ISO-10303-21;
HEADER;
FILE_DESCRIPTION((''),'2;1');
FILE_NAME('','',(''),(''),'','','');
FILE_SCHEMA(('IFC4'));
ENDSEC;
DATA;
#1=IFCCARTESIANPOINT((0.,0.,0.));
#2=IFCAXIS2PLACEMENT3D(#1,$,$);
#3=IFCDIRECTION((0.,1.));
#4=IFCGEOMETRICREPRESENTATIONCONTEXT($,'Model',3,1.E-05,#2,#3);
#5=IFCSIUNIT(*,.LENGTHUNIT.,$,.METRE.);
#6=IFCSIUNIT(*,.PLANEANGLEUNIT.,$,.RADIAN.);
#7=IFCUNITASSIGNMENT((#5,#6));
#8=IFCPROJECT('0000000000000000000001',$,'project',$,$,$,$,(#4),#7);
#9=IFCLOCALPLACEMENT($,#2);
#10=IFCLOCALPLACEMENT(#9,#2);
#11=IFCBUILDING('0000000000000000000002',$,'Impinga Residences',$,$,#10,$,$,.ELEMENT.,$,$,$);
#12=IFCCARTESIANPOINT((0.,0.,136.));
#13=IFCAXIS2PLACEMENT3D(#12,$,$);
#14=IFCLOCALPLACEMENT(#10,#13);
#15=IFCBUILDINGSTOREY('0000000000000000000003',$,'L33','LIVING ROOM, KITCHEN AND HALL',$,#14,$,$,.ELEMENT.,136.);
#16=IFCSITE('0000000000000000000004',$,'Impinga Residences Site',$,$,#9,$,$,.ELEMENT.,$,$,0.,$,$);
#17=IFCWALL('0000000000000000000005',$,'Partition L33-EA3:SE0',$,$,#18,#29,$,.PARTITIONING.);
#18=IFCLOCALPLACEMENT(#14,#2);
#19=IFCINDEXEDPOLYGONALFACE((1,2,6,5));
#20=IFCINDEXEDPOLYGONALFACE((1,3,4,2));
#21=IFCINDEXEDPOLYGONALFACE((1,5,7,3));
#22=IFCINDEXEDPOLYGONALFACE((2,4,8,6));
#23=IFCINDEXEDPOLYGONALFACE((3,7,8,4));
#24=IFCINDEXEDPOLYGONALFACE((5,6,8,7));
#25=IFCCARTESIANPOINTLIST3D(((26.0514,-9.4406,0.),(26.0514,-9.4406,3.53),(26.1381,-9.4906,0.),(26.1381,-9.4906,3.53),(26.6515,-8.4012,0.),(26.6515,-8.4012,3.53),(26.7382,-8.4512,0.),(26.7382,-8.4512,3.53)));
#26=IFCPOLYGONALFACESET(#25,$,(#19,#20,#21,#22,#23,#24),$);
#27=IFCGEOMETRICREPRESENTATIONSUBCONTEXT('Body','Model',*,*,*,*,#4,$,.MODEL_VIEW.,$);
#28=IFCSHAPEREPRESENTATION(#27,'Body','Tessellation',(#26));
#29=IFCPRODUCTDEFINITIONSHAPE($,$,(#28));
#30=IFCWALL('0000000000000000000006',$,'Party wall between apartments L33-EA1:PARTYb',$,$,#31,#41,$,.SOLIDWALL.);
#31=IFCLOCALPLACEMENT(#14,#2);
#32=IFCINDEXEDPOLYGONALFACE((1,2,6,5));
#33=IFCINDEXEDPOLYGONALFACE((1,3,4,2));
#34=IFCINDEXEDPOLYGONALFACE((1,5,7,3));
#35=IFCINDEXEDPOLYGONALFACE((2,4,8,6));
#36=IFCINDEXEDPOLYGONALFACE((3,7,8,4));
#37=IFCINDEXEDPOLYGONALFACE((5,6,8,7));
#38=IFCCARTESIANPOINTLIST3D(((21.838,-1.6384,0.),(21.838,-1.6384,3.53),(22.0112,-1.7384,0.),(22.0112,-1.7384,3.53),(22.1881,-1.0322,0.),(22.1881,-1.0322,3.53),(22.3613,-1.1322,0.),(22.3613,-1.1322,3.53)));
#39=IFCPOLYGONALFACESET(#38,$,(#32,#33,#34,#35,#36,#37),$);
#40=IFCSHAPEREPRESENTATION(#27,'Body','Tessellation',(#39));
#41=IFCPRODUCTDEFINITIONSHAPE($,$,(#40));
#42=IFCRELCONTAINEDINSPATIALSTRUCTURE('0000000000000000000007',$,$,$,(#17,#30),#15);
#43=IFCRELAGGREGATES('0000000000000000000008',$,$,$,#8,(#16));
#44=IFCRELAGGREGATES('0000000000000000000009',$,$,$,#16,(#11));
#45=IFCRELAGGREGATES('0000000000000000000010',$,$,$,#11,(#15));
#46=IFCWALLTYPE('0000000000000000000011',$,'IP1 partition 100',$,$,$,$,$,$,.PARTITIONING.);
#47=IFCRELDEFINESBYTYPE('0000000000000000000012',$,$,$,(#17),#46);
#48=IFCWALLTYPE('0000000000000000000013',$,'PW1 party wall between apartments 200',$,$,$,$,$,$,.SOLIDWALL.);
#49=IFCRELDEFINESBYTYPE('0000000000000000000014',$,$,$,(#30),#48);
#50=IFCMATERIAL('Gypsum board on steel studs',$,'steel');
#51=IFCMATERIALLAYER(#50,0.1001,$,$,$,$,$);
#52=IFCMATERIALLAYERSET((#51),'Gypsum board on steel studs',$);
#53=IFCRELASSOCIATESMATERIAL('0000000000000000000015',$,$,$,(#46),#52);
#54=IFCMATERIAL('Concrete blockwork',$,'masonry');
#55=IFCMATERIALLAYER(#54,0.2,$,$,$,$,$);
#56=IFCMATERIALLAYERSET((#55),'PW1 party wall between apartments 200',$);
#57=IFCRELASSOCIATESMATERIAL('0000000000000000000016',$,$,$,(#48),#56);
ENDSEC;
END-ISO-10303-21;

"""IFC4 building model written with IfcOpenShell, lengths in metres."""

from ifc_helpers import new_model, si_unit, direction, frame, frame_2d, origin, place, context, subcontext, project, spatial, rectangle, extrude, material, layer, layer_set, type_object, element, save


model = new_model("IFC4")

# Units and contexts
model_context = context("Model", 3, precision=1e-05, world=origin(), true_north=direction((0.0, 1.0)))
body_context = subcontext(model_context, "Body", "Model", "MODEL_VIEW")
ifc_project = project(units=[si_unit("LENGTHUNIT", "METRE"), si_unit("PLANEANGLEUNIT", "RADIAN")], contexts=[model_context])

# Site, building, storey
site_placement = place(None, origin())
site = spatial("IfcSite", under=ifc_project, at=site_placement, Name="Impinga Residences Site", CompositionType="ELEMENT", RefElevation=0.0)
building_placement = place(site_placement, origin())
building = spatial("IfcBuilding", under=site, at=building_placement, Name="Impinga Residences", CompositionType="ELEMENT")
storey_placement = place(building_placement, frame((0.0, 0.0, 136.0)))
storey = spatial("IfcBuildingStorey", under=building, at=storey_placement, Name="L33", Description="LIVING ROOM, KITCHEN AND HALL", CompositionType="ELEMENT", Elevation=136.0)

# Shared definitions
ifc_material_1 = material(Name="Gypsum board on steel studs", Category="steel")
ifc_layer_1 = layer(ifc_material_1, 0.1001)
ifc_layer_set_1 = layer_set([ifc_layer_1], Name="Gypsum board on steel studs")
wall_type_1 = type_object("IfcWallType", Name="IP1 partition 100", PredefinedType="PARTITIONING", material=ifc_layer_set_1)

# Walls
wall_1_placement = place(storey_placement, frame((26.0947, -9.4656, 0.0), z_axis=(0.0, 0.0, 1.0), x_axis=(0.500034, 0.866006, 0.0)))
element("IfcWall", 1, at=wall_1_placement, inside=storey, type_object=wall_type_1, Name="Partition L33-EA3:SE0", PredefinedType="PARTITIONING", context=body_context, shape_type="SweptSolid", body=[
    extrude(rectangle(XDim=1.2002, YDim=0.1001, at=frame_2d((0.6001, 0.0))), origin(), (0.0, 0.0, 1.0), 3.53),
])
ifc_material_2 = material(Name="Concrete blockwork", Category="masonry")
ifc_layer_2 = layer(ifc_material_2, 0.2)
ifc_layer_set_2 = layer_set([ifc_layer_2], Name="PW1 party wall between apartments 200")
wall_type_2 = type_object("IfcWallType", Name="PW1 party wall between apartments 200", PredefinedType="SOLIDWALL", material=ifc_layer_set_2)
wall_2_placement = place(storey_placement, frame((21.9246, -1.6885, 0.0), z_axis=(0.0, 0.0, 1.0), x_axis=(0.500115, 0.865959, 0.0)))
element("IfcWall", 2, at=wall_2_placement, inside=storey, type_object=wall_type_2, Name="Party wall between apartments L33-EA1:PARTYb", PredefinedType="SOLIDWALL", context=body_context, shape_type="SweptSolid", body=[
    extrude(rectangle(XDim=0.7, YDim=0.2, at=frame_2d((0.3501, 0.0))), origin(), (0.0, 0.0, 1.0), 3.53),
])

save(model, "model.ifc")
